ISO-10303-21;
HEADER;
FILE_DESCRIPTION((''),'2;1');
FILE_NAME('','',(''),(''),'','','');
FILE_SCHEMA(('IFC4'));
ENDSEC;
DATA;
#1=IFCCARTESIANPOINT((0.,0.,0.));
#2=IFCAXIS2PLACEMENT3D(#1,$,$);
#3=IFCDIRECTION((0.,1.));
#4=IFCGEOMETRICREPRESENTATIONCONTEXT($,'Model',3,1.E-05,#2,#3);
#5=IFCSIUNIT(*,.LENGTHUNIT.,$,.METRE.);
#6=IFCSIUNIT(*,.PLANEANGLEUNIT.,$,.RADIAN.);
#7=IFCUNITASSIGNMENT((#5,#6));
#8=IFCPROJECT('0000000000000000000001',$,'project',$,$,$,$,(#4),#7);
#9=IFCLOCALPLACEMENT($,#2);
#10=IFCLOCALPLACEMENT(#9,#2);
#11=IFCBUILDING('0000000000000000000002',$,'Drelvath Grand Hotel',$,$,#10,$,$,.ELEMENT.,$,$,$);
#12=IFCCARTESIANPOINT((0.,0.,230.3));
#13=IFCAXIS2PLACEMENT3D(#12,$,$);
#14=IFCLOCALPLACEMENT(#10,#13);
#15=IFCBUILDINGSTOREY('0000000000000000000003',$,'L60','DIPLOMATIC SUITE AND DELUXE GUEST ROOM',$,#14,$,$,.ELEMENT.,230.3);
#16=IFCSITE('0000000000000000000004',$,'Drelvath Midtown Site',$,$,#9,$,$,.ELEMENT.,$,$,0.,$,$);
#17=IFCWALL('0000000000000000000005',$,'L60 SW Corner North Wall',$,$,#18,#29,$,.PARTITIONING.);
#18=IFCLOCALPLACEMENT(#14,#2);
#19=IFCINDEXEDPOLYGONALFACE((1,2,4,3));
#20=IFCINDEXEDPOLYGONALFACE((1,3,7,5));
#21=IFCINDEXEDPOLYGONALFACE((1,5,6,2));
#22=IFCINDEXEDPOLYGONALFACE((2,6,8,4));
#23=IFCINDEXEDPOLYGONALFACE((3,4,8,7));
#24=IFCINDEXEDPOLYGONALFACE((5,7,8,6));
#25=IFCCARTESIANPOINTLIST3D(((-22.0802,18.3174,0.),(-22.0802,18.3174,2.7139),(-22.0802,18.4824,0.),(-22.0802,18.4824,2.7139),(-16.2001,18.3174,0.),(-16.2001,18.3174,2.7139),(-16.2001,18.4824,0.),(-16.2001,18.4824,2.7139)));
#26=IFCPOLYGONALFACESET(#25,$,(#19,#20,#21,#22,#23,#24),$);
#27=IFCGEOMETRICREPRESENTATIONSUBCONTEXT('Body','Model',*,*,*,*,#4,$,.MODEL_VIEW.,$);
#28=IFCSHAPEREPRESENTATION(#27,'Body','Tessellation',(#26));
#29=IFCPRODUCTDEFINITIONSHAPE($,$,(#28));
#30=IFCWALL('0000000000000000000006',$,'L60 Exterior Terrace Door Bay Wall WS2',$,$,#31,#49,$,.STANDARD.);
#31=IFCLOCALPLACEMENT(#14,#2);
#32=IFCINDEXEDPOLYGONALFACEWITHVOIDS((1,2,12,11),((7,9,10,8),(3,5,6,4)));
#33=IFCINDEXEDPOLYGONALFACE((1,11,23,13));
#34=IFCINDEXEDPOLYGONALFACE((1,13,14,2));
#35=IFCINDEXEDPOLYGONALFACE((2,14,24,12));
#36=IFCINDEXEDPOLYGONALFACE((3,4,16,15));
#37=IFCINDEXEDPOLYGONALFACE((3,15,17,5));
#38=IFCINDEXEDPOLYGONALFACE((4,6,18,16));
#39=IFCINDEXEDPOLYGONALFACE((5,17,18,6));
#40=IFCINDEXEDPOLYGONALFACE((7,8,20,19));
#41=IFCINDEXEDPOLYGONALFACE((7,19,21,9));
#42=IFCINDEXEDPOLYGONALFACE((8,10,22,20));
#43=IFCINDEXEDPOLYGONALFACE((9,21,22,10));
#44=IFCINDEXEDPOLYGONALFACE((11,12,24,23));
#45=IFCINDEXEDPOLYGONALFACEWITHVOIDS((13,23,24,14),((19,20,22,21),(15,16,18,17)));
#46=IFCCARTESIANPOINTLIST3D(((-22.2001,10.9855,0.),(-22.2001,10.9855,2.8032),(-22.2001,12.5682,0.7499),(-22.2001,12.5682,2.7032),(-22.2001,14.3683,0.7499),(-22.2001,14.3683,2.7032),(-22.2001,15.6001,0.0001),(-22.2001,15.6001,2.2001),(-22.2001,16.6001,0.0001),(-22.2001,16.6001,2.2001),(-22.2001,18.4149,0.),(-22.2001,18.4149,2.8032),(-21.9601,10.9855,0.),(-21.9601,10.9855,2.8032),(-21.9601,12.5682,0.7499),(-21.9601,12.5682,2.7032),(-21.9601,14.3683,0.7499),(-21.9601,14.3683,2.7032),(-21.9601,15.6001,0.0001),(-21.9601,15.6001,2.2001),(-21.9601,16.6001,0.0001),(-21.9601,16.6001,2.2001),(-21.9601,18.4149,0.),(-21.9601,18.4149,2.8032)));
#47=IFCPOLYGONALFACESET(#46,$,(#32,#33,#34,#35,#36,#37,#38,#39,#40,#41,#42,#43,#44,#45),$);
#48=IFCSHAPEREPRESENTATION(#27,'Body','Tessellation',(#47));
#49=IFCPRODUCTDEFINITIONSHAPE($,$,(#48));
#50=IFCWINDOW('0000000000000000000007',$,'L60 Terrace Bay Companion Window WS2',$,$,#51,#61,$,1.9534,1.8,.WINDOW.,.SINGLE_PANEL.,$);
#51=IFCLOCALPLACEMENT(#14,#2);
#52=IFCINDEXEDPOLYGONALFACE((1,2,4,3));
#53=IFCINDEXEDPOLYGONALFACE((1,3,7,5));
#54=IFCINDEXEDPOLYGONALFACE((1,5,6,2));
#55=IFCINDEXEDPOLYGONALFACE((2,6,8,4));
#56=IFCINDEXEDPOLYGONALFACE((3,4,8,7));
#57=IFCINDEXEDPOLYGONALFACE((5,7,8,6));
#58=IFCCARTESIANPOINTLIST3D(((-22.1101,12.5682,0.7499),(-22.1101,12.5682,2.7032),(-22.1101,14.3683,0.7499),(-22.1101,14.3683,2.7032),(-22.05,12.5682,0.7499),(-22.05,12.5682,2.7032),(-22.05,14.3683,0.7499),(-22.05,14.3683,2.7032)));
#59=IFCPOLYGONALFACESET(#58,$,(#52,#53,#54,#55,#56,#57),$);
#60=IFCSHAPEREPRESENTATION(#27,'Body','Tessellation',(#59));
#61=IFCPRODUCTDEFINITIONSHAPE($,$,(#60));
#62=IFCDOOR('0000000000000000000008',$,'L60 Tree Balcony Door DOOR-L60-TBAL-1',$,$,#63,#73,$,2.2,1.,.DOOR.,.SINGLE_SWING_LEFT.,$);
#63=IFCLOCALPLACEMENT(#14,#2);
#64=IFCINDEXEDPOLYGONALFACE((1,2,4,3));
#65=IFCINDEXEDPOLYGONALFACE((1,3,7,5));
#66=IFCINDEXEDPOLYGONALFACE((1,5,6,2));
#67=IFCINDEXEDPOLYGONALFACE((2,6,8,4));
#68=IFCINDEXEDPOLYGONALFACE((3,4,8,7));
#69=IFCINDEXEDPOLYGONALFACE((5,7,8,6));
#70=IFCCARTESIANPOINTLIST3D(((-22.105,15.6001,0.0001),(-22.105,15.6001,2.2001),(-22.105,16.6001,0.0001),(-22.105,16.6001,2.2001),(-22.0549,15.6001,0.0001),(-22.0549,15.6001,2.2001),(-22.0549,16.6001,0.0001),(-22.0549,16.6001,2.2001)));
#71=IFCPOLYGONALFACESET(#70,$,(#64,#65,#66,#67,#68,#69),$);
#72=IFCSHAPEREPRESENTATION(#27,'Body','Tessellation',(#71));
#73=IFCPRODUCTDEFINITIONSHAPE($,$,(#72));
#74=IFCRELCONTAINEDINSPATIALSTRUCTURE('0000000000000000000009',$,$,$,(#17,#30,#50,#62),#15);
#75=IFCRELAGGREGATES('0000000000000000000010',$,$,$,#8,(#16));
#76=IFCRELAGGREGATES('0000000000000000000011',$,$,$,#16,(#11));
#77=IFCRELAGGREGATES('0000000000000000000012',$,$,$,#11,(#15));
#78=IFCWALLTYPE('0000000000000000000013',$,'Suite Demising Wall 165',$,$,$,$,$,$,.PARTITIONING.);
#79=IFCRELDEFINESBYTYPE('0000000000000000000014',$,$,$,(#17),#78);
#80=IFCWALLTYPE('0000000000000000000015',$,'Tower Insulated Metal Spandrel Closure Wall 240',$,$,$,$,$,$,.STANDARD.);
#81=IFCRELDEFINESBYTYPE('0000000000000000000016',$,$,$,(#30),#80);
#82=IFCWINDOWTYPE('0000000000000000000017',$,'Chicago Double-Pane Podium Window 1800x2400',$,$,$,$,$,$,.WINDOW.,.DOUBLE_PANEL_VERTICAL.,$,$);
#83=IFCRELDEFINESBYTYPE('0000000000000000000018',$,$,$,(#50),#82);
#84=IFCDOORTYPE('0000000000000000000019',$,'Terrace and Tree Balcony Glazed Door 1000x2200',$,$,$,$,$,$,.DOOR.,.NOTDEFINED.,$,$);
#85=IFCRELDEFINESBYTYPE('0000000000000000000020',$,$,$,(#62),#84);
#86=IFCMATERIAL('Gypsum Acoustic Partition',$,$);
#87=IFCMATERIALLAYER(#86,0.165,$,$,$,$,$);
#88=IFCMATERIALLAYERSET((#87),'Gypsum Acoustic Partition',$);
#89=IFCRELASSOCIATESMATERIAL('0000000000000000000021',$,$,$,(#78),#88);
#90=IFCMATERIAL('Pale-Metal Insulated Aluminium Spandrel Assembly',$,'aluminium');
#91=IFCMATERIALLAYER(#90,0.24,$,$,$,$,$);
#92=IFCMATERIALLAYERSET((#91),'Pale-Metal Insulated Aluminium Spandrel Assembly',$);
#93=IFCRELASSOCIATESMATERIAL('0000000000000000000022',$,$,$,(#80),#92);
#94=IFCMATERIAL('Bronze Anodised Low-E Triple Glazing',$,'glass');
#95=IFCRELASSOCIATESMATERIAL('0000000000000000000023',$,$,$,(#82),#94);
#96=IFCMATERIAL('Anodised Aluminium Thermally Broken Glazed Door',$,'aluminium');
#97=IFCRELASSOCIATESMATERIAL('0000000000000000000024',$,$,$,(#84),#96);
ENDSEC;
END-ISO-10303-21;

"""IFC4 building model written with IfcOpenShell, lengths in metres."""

from ifc_helpers import new_model, si_unit, direction, frame, frame_2d, origin, place, context, subcontext, project, spatial, rectangle, extrude, material, layer, layer_set, type_object, element, fill, save


model = new_model("IFC4")

# Units and contexts
model_context = context("Model", 3, precision=1e-05, world=origin(), true_north=direction((0.0, 1.0)))
body_context = subcontext(model_context, "Body", "Model", "MODEL_VIEW")
ifc_project = project(units=[si_unit("LENGTHUNIT", "METRE"), si_unit("PLANEANGLEUNIT", "RADIAN")], contexts=[model_context])

# Site, building, storey
site_placement = place(None, origin())
site = spatial("IfcSite", under=ifc_project, at=site_placement, Name="Drelvath Midtown Site", CompositionType="ELEMENT", RefElevation=0.0)
building_placement = place(site_placement, origin())
building = spatial("IfcBuilding", under=site, at=building_placement, Name="Drelvath Grand Hotel", CompositionType="ELEMENT")
storey_placement = place(building_placement, frame((0.0, 0.0, 230.3)))
storey = spatial("IfcBuildingStorey", under=building, at=storey_placement, Name="L60", Description="DIPLOMATIC SUITE AND DELUXE GUEST ROOM", CompositionType="ELEMENT", Elevation=230.3)

# Wall
ifc_material_1 = material(Name="Gypsum Acoustic Partition")
ifc_layer_1 = layer(ifc_material_1, 0.165)
ifc_layer_set_1 = layer_set([ifc_layer_1], Name="Gypsum Acoustic Partition")
wall_type_1 = type_object("IfcWallType", Name="Suite Demising Wall 165", PredefinedType="PARTITIONING", material=ifc_layer_set_1)
wall_1_placement = place(storey_placement, frame((-22.0801, 18.3999, 0.0), z_axis=(0.0, 0.0, 1.0), x_axis=(1.0, 0.0, 0.0)))
element("IfcWall", 1, at=wall_1_placement, inside=storey, type_object=wall_type_1, Name="L60 SW Corner North Wall", PredefinedType="PARTITIONING", context=body_context, shape_type="SweptSolid", body=[
    extrude(rectangle(XDim=5.8801, YDim=0.165, at=frame_2d((2.9399, 0.0))), origin(), (0.0, 0.0, 1.0), 2.7139),
])

# Wall, openings, window, door
ifc_material_2 = material(Name="Pale-Metal Insulated Aluminium Spandrel Assembly", Category="aluminium")
ifc_layer_2 = layer(ifc_material_2, 0.24)
ifc_layer_set_2 = layer_set([ifc_layer_2], Name="Pale-Metal Insulated Aluminium Spandrel Assembly")
wall_type_2 = type_object("IfcWallType", Name="Tower Insulated Metal Spandrel Closure Wall 240", PredefinedType="STANDARD", material=ifc_layer_set_2)
wall_2_placement = place(storey_placement, frame((-22.0801, 10.9854, 0.0), z_axis=(0.0, 0.0, 1.0), x_axis=(0.0, 1.0, 0.0)))
wall_2 = element("IfcWall", 2, at=wall_2_placement, inside=storey, type_object=wall_type_2, Name="L60 Exterior Terrace Door Bay Wall WS2", PredefinedType="STANDARD", context=body_context, shape_type="SweptSolid", body=[
    extrude(rectangle(XDim=7.4294, YDim=0.24, at=frame_2d((3.7148, 0.0))), origin(), (0.0, 0.0, 1.0), 2.8032),
])
opening_1_placement = place(wall_2_placement, frame((4.6147, 0.0, 0.0)))
opening_1 = element("IfcOpeningElement", 3, at=opening_1_placement, cuts=wall_2, PredefinedType="OPENING", context=body_context, shape_type="SweptSolid", body=[
    extrude(rectangle(XDim=1.0, YDim=2.2, at=frame_2d((0.5, 1.1001))), frame((0.0, 0.1299, 0.0), z_axis=(0.0, -1.0, 0.0), x_axis=(1.0, 0.0, 0.0)), (0.0, 0.0, 1.0), 0.26),
])
opening_2_placement = place(wall_2_placement, frame((1.583, 0.0, 0.75)))
opening_2 = element("IfcOpeningElement", 4, at=opening_2_placement, cuts=wall_2, PredefinedType="OPENING", context=body_context, shape_type="SweptSolid", body=[
    extrude(rectangle(XDim=1.8, YDim=1.9534, at=frame_2d((0.8999, 0.9766))), frame((0.0, 0.1299, 0.0), z_axis=(0.0, -1.0, 0.0), x_axis=(1.0, 0.0, 0.0)), (0.0, 0.0, 1.0), 0.26),
])
ifc_material_3 = material(Name="Bronze Anodised Low-E Triple Glazing", Category="glass")
window_type = type_object("IfcWindowType", Name="Chicago Double-Pane Podium Window 1800x2400", PartitioningType="DOUBLE_PANEL_VERTICAL", PredefinedType="WINDOW", material=ifc_material_3)
window_placement = place(opening_2_placement, origin())
window = element("IfcWindow", 5, at=window_placement, inside=storey, type_object=window_type, Name="L60 Terrace Bay Companion Window WS2", OverallHeight=1.9534, OverallWidth=1.8, PartitioningType="SINGLE_PANEL", PredefinedType="WINDOW", context=body_context, shape_type="SweptSolid", body=[
    extrude(rectangle(XDim=1.8, YDim=1.9534, at=frame_2d((0.8999, 0.9766))), frame((0.0, 0.03, 0.0), z_axis=(0.0, -1.0, 0.0), x_axis=(1.0, 0.0, 0.0)), (0.0, 0.0, 1.0), 0.0601),
])
fill(opening_2, window)
ifc_material_4 = material(Name="Anodised Aluminium Thermally Broken Glazed Door", Category="aluminium")
door_type_1 = type_object("IfcDoorType", Name="Terrace and Tree Balcony Glazed Door 1000x2200", OperationType="NOTDEFINED", PredefinedType="DOOR", material=ifc_material_4)
door_1_placement = place(opening_1_placement, origin())
door_1 = element("IfcDoor", 6, at=door_1_placement, inside=storey, type_object=door_type_1, Name="L60 Tree Balcony Door DOOR-L60-TBAL-1", OperationType="SINGLE_SWING_LEFT", OverallHeight=2.2, OverallWidth=1.0, PredefinedType="DOOR", context=body_context, shape_type="SweptSolid", body=[
    extrude(rectangle(XDim=1.0, YDim=2.2, at=frame_2d((0.5, 1.1001))), frame((0.0, 0.0249, 0.0), z_axis=(0.0, -1.0, 0.0), x_axis=(1.0, 0.0, 0.0)), (0.0, 0.0, 1.0), 0.05),
])
fill(opening_1, door_1)

save(model, "model.ifc")
